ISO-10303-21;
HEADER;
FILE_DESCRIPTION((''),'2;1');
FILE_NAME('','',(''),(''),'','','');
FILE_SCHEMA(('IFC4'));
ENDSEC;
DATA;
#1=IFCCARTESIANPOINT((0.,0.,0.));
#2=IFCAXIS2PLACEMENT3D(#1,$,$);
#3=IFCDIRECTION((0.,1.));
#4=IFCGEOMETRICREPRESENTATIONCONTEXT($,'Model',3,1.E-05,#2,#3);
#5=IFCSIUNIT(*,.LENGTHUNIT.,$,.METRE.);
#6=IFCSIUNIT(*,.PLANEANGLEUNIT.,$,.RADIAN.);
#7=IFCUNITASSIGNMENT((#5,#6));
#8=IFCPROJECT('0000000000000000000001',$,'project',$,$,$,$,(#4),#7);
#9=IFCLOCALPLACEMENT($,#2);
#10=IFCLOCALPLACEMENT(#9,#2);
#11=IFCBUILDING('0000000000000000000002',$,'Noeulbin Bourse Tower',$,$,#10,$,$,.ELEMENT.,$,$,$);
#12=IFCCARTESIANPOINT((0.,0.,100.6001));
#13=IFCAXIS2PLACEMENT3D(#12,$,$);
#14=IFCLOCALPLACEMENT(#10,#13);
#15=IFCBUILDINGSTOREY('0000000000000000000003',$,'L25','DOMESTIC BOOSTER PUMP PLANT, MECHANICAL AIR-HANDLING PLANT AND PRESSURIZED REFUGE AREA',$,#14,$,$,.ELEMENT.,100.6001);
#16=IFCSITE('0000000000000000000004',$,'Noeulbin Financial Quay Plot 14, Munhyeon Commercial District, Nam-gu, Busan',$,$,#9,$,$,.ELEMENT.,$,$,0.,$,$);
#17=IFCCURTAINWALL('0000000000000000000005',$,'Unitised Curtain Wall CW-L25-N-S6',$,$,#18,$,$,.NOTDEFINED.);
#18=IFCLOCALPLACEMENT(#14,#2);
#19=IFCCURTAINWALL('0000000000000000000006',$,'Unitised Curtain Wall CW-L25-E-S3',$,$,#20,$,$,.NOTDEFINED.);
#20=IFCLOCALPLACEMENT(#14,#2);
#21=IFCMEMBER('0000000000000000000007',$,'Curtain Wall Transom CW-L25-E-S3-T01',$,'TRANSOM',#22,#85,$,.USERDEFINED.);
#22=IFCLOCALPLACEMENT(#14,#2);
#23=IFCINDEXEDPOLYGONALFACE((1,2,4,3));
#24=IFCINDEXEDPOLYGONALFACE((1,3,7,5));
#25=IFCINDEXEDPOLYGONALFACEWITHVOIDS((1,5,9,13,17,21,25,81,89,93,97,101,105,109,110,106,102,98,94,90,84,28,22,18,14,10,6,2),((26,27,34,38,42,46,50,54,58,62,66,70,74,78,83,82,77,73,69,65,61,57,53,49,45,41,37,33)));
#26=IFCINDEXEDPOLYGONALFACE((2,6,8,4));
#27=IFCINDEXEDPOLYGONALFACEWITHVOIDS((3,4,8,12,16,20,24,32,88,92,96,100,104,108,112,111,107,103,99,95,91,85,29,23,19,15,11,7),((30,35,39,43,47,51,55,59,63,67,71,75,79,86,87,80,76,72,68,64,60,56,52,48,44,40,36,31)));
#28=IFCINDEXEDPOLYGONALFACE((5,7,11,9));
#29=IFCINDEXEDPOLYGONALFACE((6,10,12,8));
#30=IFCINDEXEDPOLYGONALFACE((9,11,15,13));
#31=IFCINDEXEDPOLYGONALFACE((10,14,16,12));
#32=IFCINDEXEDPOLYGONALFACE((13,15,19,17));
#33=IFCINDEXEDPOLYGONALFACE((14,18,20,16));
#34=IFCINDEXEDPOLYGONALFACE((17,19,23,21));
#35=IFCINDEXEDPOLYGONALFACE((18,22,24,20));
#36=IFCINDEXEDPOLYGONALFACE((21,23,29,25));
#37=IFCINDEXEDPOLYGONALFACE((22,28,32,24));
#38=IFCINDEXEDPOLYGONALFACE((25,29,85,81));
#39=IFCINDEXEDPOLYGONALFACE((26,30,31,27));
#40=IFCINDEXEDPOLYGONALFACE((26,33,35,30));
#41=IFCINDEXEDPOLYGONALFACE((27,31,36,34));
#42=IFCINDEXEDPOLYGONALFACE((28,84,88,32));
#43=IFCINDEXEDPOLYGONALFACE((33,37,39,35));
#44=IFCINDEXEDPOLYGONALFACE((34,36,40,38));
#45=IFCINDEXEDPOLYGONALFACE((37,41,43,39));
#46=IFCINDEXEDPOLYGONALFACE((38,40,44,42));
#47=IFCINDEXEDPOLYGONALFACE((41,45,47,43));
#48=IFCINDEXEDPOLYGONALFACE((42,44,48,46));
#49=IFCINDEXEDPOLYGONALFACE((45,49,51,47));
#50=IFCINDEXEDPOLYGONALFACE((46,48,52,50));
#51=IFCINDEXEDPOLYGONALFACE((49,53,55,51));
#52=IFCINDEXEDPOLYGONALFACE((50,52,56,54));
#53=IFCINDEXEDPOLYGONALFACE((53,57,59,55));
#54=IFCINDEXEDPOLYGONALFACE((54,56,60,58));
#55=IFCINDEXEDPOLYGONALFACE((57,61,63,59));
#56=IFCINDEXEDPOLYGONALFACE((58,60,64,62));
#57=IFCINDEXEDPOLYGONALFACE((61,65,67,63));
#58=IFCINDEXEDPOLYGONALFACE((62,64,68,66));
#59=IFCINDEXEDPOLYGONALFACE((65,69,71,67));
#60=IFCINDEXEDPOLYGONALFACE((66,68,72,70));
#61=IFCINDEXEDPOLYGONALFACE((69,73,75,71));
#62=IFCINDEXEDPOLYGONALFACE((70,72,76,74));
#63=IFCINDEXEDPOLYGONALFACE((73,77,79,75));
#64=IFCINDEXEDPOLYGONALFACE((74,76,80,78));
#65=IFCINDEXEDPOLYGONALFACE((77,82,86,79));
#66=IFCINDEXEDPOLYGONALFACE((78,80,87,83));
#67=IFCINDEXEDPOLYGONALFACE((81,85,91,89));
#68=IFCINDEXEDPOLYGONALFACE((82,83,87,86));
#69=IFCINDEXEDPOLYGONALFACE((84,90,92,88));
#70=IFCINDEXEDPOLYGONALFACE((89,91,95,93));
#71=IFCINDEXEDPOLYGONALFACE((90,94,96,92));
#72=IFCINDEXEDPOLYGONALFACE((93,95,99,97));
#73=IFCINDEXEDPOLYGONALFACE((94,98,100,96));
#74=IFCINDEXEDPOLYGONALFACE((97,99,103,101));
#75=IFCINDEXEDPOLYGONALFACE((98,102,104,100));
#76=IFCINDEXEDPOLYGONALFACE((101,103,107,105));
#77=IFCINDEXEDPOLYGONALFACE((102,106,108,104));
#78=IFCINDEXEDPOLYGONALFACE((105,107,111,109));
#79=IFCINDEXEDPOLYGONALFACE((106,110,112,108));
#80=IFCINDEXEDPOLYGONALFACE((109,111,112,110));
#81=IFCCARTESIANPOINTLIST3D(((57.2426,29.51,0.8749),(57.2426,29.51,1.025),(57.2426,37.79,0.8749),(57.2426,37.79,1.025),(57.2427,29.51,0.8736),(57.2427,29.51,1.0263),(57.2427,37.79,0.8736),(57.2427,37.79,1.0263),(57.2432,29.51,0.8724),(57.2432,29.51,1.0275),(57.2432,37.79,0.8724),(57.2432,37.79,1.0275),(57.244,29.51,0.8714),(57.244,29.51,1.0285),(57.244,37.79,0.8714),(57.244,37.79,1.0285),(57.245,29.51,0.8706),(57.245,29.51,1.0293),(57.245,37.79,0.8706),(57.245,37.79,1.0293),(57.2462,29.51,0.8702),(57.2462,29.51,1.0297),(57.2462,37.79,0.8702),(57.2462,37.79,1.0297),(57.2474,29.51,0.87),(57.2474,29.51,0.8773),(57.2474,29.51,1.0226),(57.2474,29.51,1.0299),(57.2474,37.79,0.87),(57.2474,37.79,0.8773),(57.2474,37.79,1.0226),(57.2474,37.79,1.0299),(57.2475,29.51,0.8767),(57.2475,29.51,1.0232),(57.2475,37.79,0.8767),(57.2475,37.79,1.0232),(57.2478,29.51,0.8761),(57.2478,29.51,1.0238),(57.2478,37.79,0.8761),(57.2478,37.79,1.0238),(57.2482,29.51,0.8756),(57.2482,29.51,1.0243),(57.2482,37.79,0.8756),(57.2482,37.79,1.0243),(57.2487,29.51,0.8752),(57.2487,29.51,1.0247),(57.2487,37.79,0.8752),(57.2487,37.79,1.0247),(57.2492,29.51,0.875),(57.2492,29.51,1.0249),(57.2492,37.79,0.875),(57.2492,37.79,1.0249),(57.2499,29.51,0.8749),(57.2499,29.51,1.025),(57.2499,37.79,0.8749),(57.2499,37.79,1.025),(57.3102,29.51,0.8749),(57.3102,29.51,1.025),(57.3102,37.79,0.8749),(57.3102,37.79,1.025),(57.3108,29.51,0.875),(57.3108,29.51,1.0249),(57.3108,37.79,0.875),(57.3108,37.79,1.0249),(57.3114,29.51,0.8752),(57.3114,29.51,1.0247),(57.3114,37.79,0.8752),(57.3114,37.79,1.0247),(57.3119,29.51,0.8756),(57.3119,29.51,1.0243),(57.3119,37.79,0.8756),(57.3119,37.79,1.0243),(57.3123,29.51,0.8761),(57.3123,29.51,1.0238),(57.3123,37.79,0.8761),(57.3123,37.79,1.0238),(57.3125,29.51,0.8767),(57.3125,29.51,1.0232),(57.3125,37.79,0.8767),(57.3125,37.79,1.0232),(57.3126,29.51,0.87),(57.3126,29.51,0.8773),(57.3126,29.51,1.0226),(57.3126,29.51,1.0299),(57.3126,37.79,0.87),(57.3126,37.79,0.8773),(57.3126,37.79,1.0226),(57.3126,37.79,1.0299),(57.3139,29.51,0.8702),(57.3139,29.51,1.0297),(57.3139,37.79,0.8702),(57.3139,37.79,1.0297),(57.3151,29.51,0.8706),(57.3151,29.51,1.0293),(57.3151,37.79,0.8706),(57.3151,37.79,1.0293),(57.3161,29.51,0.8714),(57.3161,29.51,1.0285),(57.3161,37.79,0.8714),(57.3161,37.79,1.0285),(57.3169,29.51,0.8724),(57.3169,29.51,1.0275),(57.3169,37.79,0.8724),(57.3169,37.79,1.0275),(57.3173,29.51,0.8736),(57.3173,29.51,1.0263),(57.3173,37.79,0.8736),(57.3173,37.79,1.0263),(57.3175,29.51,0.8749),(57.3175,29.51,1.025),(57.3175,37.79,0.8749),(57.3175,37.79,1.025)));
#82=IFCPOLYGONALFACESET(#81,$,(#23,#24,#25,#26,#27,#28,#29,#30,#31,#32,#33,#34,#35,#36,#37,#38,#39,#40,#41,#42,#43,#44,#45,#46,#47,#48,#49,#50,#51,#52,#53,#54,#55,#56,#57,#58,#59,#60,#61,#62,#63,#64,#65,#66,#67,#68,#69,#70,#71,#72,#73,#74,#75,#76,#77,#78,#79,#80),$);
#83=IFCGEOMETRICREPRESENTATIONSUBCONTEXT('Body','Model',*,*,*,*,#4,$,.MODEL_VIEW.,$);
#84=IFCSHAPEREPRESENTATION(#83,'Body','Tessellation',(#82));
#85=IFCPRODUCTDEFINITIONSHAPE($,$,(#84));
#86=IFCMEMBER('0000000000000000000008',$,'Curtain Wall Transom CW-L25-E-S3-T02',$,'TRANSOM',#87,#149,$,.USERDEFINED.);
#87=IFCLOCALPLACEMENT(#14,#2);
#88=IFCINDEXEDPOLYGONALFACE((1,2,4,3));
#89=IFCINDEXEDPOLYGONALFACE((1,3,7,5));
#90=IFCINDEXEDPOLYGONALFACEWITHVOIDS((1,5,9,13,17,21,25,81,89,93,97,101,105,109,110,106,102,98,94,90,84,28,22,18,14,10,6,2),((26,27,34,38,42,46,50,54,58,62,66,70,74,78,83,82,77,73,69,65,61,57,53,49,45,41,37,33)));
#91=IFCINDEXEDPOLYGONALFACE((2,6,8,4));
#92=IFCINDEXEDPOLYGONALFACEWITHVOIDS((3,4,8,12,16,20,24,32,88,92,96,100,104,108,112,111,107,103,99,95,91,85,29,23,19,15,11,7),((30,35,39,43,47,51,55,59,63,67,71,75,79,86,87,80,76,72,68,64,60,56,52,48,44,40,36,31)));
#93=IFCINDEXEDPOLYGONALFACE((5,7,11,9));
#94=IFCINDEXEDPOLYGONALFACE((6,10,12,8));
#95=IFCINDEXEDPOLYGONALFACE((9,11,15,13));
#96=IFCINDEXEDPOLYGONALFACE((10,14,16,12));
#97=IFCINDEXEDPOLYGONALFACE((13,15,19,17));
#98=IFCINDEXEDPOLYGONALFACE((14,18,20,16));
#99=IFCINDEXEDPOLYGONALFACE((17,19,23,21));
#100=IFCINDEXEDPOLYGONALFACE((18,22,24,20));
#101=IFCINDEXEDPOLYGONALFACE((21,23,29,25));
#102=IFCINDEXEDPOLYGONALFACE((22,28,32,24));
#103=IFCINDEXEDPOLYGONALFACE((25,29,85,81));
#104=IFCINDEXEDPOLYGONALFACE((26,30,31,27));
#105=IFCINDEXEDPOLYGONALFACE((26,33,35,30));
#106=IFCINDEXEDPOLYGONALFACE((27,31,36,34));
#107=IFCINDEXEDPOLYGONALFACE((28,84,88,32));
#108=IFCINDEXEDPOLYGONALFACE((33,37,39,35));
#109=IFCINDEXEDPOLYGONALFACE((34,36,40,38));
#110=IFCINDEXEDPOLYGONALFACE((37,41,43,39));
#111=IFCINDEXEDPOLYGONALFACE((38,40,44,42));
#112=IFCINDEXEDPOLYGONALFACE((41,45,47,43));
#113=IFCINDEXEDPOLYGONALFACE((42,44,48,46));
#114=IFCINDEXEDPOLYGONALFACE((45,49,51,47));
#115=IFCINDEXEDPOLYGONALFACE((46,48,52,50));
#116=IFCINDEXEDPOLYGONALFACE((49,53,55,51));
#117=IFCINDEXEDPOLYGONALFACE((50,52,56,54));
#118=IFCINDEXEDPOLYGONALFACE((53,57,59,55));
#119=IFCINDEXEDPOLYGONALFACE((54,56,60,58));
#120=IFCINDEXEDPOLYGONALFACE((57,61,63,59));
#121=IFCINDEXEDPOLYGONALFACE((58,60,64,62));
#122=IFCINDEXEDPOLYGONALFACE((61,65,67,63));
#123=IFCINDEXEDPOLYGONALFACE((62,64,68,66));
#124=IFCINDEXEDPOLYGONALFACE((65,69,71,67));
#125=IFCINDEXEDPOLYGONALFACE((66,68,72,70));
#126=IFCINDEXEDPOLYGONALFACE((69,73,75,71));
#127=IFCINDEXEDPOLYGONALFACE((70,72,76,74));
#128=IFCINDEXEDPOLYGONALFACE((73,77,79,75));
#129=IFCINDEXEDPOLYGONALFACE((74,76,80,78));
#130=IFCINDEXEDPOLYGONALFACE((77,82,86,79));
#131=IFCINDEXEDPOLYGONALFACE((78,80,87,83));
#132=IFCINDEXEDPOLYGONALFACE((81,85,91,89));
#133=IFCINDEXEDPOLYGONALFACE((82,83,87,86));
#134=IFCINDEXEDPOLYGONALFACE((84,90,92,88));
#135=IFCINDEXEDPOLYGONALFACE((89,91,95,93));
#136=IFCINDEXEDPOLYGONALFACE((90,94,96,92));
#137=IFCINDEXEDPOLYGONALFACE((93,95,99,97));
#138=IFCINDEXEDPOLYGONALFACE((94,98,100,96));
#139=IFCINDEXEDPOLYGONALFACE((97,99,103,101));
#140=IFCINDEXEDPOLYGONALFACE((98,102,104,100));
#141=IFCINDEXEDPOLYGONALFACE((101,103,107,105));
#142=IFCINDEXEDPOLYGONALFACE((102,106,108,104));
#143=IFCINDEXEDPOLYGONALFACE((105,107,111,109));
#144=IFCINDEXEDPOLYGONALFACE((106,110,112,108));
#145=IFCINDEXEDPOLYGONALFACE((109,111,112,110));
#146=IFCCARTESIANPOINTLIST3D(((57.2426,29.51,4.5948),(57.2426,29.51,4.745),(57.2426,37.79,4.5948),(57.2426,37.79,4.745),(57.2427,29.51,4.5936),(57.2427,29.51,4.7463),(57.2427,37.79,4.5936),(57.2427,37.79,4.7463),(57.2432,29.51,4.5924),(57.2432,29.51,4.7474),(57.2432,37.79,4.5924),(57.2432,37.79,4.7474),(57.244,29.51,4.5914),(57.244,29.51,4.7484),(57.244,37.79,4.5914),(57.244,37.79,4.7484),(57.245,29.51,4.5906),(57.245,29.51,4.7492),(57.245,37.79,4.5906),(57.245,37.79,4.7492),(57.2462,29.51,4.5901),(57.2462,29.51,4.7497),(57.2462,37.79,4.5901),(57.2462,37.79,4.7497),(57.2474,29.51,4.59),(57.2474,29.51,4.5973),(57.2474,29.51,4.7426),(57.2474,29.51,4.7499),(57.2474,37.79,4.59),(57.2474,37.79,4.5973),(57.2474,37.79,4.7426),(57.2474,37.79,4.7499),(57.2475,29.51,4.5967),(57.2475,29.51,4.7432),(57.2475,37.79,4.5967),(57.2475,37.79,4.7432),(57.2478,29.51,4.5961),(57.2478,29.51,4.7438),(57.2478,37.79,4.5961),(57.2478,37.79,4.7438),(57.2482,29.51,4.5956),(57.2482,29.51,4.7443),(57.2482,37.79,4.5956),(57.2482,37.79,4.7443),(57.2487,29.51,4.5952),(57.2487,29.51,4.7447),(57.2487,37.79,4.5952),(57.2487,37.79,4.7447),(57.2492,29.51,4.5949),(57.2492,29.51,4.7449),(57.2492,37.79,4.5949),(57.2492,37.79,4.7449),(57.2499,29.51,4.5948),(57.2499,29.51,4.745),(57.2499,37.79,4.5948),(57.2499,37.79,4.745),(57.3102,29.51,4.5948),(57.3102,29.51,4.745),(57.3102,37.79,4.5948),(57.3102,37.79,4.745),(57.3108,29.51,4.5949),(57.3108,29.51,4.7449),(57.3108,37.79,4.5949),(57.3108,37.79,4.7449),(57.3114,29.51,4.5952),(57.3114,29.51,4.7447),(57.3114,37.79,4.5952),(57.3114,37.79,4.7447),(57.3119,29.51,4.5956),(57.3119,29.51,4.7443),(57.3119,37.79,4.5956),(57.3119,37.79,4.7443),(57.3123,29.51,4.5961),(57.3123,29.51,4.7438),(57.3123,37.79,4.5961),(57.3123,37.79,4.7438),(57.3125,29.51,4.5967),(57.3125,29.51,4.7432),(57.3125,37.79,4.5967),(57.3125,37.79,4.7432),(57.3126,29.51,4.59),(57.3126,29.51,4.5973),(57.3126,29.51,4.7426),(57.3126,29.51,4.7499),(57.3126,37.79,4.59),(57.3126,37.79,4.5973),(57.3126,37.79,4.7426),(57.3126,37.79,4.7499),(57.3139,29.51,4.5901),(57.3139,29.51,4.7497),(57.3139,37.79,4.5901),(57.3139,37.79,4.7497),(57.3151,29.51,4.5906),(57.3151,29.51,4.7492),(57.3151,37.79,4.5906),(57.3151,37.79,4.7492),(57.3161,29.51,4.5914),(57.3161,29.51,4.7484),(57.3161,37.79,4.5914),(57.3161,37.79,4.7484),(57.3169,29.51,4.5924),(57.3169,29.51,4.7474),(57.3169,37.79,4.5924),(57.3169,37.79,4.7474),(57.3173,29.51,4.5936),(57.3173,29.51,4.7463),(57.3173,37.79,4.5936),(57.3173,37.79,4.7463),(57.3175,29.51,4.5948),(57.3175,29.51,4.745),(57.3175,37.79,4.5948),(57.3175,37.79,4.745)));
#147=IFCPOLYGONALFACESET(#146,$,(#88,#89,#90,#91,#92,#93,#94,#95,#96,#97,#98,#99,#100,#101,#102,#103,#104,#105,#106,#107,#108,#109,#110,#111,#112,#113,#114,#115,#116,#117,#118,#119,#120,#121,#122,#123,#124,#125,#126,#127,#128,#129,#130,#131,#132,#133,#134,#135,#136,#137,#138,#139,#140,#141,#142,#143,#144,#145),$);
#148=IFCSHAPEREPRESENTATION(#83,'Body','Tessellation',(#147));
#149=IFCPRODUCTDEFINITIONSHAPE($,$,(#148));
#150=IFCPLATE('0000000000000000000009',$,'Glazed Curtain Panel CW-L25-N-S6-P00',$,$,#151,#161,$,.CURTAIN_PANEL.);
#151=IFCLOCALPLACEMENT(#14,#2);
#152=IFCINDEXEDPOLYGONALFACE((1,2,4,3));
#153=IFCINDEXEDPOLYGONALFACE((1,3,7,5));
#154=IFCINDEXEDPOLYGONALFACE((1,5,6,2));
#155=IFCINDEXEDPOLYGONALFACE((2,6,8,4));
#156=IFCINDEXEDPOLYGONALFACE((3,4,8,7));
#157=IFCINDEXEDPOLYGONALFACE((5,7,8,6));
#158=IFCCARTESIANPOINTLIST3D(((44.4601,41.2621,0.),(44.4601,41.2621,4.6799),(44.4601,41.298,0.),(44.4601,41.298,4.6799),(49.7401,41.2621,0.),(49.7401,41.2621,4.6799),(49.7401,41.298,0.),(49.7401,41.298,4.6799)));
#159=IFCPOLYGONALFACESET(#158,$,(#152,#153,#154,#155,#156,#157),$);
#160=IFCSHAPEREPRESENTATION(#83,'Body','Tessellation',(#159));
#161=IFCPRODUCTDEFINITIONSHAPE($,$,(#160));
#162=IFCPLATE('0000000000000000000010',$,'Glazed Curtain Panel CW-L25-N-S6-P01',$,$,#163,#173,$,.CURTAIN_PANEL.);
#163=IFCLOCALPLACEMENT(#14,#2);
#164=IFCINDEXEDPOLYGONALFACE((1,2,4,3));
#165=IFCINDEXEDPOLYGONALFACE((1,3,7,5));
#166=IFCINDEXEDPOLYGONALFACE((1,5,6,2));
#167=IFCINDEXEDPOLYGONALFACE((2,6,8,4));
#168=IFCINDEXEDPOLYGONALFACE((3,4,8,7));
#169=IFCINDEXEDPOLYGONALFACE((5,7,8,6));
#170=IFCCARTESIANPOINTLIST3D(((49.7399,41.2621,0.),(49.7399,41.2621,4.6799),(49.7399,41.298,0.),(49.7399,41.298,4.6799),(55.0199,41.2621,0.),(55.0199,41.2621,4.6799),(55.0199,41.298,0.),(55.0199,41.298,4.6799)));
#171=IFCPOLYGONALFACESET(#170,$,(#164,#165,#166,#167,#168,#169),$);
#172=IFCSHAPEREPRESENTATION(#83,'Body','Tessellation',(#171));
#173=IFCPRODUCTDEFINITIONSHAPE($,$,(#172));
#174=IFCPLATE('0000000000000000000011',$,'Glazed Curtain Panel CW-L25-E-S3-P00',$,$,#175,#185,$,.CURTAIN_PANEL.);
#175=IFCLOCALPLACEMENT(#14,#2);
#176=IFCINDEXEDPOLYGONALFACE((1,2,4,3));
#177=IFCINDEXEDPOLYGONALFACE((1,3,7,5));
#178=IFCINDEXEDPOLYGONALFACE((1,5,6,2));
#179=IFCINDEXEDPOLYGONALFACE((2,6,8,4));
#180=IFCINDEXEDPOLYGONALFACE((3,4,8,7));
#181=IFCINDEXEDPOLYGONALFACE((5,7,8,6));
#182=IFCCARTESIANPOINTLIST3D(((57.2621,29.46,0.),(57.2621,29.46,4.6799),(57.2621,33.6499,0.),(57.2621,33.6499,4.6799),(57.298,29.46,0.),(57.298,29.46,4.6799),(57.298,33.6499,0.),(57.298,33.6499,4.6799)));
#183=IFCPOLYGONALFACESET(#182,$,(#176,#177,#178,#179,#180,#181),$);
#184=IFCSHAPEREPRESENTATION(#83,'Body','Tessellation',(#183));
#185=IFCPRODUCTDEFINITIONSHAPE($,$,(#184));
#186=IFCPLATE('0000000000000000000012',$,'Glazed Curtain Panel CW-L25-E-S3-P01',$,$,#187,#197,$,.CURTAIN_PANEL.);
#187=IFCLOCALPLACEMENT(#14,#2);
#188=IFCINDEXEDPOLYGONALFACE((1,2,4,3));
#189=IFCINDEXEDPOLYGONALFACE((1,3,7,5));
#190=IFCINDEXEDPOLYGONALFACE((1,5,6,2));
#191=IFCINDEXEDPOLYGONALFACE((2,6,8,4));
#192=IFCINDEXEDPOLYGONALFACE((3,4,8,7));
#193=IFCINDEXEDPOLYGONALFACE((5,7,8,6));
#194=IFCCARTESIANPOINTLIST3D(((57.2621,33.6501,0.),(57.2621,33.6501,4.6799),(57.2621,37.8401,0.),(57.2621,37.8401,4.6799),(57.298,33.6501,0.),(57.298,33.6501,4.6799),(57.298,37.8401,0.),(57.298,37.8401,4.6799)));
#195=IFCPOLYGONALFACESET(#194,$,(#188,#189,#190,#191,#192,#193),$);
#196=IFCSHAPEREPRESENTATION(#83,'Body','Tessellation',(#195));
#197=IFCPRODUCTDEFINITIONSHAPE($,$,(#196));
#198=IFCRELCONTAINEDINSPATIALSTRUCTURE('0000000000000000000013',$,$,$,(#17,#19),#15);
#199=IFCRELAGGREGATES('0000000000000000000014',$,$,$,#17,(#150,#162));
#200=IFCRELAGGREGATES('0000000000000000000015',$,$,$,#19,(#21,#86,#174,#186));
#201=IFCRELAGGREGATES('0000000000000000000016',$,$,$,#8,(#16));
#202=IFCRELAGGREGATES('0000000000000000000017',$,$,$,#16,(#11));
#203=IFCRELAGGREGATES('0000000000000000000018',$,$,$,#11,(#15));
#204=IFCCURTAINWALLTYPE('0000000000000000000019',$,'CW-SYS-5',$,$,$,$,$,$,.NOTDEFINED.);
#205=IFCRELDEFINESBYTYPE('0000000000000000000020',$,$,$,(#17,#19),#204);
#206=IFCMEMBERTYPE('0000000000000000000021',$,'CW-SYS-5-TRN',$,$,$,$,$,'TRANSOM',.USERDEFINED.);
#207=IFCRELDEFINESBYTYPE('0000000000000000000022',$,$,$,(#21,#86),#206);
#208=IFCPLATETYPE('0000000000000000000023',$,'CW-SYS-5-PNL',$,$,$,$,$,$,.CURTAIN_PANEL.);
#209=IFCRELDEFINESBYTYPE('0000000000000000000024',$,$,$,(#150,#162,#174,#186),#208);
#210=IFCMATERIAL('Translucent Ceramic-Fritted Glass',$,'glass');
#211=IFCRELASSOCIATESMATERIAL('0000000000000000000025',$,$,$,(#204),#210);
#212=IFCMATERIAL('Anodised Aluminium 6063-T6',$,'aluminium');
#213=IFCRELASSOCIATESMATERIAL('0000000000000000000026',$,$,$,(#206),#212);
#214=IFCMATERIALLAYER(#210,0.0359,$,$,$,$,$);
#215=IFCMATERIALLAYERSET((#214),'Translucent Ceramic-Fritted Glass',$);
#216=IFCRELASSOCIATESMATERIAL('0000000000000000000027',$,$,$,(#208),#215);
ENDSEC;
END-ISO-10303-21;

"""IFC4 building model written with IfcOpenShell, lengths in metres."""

from ifc_helpers import new_model, si_unit, direction, frame, origin, origin_2d, place, context, subcontext, project, spatial, rectangle, hollow_rectangle, extrude, material, layer, layer_set, material_profile, profile_set, type_object, element, aggregate, save


model = new_model("IFC4")

# Units and contexts
model_context = context("Model", 3, precision=1e-05, world=origin(), true_north=direction((0.0, 1.0)))
body_context = subcontext(model_context, "Body", "Model", "MODEL_VIEW")
ifc_project = project(units=[si_unit("LENGTHUNIT", "METRE"), si_unit("PLANEANGLEUNIT", "RADIAN")], contexts=[model_context])

# Site, building, storey
site_placement = place(None, origin())
site = spatial("IfcSite", under=ifc_project, at=site_placement, Name="Noeulbin Financial Quay Plot 14, Munhyeon Commercial District, Nam-gu, Busan", CompositionType="ELEMENT", RefElevation=0.0)
building_placement = place(site_placement, origin())
building = spatial("IfcBuilding", under=site, at=building_placement, Name="Noeulbin Bourse Tower", CompositionType="ELEMENT")
storey_placement = place(building_placement, frame((0.0, 0.0, 100.6001)))
storey = spatial("IfcBuildingStorey", under=building, at=storey_placement, Name="L25", Description="DOMESTIC BOOSTER PUMP PLANT, MECHANICAL AIR-HANDLING PLANT AND PRESSURIZED REFUGE AREA", CompositionType="ELEMENT", Elevation=100.6001)

# Curtain walls
ifc_material_1 = material(Name="Translucent Ceramic-Fritted Glass", Category="glass")
curtain_wall_type = type_object("IfcCurtainWallType", Name="CW-SYS-5", PredefinedType="NOTDEFINED", material=ifc_material_1)
curtain_wall_1_placement = place(storey_placement, origin())
curtain_wall_1 = element("IfcCurtainWall", 1, at=curtain_wall_1_placement, inside=storey, type_object=curtain_wall_type, Name="Unitised Curtain Wall CW-L25-N-S6", PredefinedType="NOTDEFINED")
ifc_material_2 = material(Name="Anodised Aluminium 6063-T6", Category="aluminium")
curtain_wall_2_placement = place(storey_placement, origin())
curtain_wall_2 = element("IfcCurtainWall", 2, at=curtain_wall_2_placement, inside=storey, type_object=curtain_wall_type, Name="Unitised Curtain Wall CW-L25-E-S3", PredefinedType="NOTDEFINED")

# Members
ifc_material_profile_1 = material_profile(ifc_material_2, hollow_rectangle(XDim=0.075, YDim=0.1599, WallThickness=0.0049, InnerFilletRadius=0.0024, OuterFilletRadius=0.0049, at=origin_2d()), Name="ALU-TRAN-75x160x5", Category="LoadBearing")
ifc_profile_set_1 = profile_set([ifc_material_profile_1], Name="Anodised Aluminium 6063-T6")
member_type_1 = type_object("IfcMemberType", Name="CW-SYS-5-TRN", ElementType="TRANSOM", PredefinedType="USERDEFINED", material=ifc_profile_set_1)
member_1_placement = place(storey_placement, frame((57.28, 29.51, 0.95), z_axis=(0.0, 1.0, 0.0), x_axis=(-1.0, 0.0, 0.0)))
member_1 = element("IfcMember", 3, at=member_1_placement, type_object=member_type_1, Name="Curtain Wall Transom CW-L25-E-S3-T01", ObjectType="TRANSOM", PredefinedType="USERDEFINED", context=body_context, shape_type="SweptSolid", body=[
    extrude(hollow_rectangle(XDim=0.075, YDim=0.1599, WallThickness=0.0049, InnerFilletRadius=0.0024, OuterFilletRadius=0.0049, at=origin_2d()), origin(), (0.0, 0.0, 1.0), 8.28),
])
member_2_placement = place(storey_placement, frame((57.28, 29.51, 4.6699), z_axis=(0.0, 1.0, 0.0), x_axis=(-1.0, 0.0, 0.0)))
member_2 = element("IfcMember", 4, at=member_2_placement, type_object=member_type_1, Name="Curtain Wall Transom CW-L25-E-S3-T02", ObjectType="TRANSOM", PredefinedType="USERDEFINED", context=body_context, shape_type="SweptSolid", body=[
    extrude(hollow_rectangle(XDim=0.075, YDim=0.1599, WallThickness=0.0049, InnerFilletRadius=0.0024, OuterFilletRadius=0.0049, at=origin_2d()), origin(), (0.0, 0.0, 1.0), 8.28),
])

# Plates
ifc_layer_1 = layer(ifc_material_1, 0.0359)
ifc_layer_set_1 = layer_set([ifc_layer_1], Name="Translucent Ceramic-Fritted Glass")
plate_type_1 = type_object("IfcPlateType", Name="CW-SYS-5-PNL", PredefinedType="CURTAIN_PANEL", material=ifc_layer_set_1)
plate_1_placement = place(storey_placement, frame((47.1001, 41.28, 0.0), z_axis=(0.0, 0.0, 1.0), x_axis=(1.0, 0.0, 0.0)))
plate_1 = element("IfcPlate", 5, at=plate_1_placement, type_object=plate_type_1, Name="Glazed Curtain Panel CW-L25-N-S6-P00", PredefinedType="CURTAIN_PANEL", context=body_context, shape_type="SweptSolid", body=[
    extrude(rectangle(XDim=5.28, YDim=0.0359, at=origin_2d()), origin(), (0.0, 0.0, 1.0), 4.6799),
])
plate_2_placement = place(storey_placement, frame((52.3799, 41.28, 0.0), z_axis=(0.0, 0.0, 1.0), x_axis=(1.0, 0.0, 0.0)))
plate_2 = element("IfcPlate", 6, at=plate_2_placement, type_object=plate_type_1, Name="Glazed Curtain Panel CW-L25-N-S6-P01", PredefinedType="CURTAIN_PANEL", context=body_context, shape_type="SweptSolid", body=[
    extrude(rectangle(XDim=5.28, YDim=0.0359, at=origin_2d()), origin(), (0.0, 0.0, 1.0), 4.6799),
])
aggregate(curtain_wall_1, [plate_1, plate_2])
plate_3_placement = place(storey_placement, frame((57.28, 31.5549, 0.0), z_axis=(0.0, 0.0, 1.0), x_axis=(0.0, 1.0, 0.0)))
plate_3 = element("IfcPlate", 7, at=plate_3_placement, type_object=plate_type_1, Name="Glazed Curtain Panel CW-L25-E-S3-P00", PredefinedType="CURTAIN_PANEL", context=body_context, shape_type="SweptSolid", body=[
    extrude(rectangle(XDim=4.1899, YDim=0.0359, at=origin_2d()), origin(), (0.0, 0.0, 1.0), 4.6799),
])
plate_4_placement = place(storey_placement, frame((57.28, 35.7451, 0.0), z_axis=(0.0, 0.0, 1.0), x_axis=(0.0, 1.0, 0.0)))
plate_4 = element("IfcPlate", 8, at=plate_4_placement, type_object=plate_type_1, Name="Glazed Curtain Panel CW-L25-E-S3-P01", PredefinedType="CURTAIN_PANEL", context=body_context, shape_type="SweptSolid", body=[
    extrude(rectangle(XDim=4.1899, YDim=0.0359, at=origin_2d()), origin(), (0.0, 0.0, 1.0), 4.6799),
])
aggregate(curtain_wall_2, [member_1, member_2, plate_3, plate_4])

save(model, "model.ifc")
